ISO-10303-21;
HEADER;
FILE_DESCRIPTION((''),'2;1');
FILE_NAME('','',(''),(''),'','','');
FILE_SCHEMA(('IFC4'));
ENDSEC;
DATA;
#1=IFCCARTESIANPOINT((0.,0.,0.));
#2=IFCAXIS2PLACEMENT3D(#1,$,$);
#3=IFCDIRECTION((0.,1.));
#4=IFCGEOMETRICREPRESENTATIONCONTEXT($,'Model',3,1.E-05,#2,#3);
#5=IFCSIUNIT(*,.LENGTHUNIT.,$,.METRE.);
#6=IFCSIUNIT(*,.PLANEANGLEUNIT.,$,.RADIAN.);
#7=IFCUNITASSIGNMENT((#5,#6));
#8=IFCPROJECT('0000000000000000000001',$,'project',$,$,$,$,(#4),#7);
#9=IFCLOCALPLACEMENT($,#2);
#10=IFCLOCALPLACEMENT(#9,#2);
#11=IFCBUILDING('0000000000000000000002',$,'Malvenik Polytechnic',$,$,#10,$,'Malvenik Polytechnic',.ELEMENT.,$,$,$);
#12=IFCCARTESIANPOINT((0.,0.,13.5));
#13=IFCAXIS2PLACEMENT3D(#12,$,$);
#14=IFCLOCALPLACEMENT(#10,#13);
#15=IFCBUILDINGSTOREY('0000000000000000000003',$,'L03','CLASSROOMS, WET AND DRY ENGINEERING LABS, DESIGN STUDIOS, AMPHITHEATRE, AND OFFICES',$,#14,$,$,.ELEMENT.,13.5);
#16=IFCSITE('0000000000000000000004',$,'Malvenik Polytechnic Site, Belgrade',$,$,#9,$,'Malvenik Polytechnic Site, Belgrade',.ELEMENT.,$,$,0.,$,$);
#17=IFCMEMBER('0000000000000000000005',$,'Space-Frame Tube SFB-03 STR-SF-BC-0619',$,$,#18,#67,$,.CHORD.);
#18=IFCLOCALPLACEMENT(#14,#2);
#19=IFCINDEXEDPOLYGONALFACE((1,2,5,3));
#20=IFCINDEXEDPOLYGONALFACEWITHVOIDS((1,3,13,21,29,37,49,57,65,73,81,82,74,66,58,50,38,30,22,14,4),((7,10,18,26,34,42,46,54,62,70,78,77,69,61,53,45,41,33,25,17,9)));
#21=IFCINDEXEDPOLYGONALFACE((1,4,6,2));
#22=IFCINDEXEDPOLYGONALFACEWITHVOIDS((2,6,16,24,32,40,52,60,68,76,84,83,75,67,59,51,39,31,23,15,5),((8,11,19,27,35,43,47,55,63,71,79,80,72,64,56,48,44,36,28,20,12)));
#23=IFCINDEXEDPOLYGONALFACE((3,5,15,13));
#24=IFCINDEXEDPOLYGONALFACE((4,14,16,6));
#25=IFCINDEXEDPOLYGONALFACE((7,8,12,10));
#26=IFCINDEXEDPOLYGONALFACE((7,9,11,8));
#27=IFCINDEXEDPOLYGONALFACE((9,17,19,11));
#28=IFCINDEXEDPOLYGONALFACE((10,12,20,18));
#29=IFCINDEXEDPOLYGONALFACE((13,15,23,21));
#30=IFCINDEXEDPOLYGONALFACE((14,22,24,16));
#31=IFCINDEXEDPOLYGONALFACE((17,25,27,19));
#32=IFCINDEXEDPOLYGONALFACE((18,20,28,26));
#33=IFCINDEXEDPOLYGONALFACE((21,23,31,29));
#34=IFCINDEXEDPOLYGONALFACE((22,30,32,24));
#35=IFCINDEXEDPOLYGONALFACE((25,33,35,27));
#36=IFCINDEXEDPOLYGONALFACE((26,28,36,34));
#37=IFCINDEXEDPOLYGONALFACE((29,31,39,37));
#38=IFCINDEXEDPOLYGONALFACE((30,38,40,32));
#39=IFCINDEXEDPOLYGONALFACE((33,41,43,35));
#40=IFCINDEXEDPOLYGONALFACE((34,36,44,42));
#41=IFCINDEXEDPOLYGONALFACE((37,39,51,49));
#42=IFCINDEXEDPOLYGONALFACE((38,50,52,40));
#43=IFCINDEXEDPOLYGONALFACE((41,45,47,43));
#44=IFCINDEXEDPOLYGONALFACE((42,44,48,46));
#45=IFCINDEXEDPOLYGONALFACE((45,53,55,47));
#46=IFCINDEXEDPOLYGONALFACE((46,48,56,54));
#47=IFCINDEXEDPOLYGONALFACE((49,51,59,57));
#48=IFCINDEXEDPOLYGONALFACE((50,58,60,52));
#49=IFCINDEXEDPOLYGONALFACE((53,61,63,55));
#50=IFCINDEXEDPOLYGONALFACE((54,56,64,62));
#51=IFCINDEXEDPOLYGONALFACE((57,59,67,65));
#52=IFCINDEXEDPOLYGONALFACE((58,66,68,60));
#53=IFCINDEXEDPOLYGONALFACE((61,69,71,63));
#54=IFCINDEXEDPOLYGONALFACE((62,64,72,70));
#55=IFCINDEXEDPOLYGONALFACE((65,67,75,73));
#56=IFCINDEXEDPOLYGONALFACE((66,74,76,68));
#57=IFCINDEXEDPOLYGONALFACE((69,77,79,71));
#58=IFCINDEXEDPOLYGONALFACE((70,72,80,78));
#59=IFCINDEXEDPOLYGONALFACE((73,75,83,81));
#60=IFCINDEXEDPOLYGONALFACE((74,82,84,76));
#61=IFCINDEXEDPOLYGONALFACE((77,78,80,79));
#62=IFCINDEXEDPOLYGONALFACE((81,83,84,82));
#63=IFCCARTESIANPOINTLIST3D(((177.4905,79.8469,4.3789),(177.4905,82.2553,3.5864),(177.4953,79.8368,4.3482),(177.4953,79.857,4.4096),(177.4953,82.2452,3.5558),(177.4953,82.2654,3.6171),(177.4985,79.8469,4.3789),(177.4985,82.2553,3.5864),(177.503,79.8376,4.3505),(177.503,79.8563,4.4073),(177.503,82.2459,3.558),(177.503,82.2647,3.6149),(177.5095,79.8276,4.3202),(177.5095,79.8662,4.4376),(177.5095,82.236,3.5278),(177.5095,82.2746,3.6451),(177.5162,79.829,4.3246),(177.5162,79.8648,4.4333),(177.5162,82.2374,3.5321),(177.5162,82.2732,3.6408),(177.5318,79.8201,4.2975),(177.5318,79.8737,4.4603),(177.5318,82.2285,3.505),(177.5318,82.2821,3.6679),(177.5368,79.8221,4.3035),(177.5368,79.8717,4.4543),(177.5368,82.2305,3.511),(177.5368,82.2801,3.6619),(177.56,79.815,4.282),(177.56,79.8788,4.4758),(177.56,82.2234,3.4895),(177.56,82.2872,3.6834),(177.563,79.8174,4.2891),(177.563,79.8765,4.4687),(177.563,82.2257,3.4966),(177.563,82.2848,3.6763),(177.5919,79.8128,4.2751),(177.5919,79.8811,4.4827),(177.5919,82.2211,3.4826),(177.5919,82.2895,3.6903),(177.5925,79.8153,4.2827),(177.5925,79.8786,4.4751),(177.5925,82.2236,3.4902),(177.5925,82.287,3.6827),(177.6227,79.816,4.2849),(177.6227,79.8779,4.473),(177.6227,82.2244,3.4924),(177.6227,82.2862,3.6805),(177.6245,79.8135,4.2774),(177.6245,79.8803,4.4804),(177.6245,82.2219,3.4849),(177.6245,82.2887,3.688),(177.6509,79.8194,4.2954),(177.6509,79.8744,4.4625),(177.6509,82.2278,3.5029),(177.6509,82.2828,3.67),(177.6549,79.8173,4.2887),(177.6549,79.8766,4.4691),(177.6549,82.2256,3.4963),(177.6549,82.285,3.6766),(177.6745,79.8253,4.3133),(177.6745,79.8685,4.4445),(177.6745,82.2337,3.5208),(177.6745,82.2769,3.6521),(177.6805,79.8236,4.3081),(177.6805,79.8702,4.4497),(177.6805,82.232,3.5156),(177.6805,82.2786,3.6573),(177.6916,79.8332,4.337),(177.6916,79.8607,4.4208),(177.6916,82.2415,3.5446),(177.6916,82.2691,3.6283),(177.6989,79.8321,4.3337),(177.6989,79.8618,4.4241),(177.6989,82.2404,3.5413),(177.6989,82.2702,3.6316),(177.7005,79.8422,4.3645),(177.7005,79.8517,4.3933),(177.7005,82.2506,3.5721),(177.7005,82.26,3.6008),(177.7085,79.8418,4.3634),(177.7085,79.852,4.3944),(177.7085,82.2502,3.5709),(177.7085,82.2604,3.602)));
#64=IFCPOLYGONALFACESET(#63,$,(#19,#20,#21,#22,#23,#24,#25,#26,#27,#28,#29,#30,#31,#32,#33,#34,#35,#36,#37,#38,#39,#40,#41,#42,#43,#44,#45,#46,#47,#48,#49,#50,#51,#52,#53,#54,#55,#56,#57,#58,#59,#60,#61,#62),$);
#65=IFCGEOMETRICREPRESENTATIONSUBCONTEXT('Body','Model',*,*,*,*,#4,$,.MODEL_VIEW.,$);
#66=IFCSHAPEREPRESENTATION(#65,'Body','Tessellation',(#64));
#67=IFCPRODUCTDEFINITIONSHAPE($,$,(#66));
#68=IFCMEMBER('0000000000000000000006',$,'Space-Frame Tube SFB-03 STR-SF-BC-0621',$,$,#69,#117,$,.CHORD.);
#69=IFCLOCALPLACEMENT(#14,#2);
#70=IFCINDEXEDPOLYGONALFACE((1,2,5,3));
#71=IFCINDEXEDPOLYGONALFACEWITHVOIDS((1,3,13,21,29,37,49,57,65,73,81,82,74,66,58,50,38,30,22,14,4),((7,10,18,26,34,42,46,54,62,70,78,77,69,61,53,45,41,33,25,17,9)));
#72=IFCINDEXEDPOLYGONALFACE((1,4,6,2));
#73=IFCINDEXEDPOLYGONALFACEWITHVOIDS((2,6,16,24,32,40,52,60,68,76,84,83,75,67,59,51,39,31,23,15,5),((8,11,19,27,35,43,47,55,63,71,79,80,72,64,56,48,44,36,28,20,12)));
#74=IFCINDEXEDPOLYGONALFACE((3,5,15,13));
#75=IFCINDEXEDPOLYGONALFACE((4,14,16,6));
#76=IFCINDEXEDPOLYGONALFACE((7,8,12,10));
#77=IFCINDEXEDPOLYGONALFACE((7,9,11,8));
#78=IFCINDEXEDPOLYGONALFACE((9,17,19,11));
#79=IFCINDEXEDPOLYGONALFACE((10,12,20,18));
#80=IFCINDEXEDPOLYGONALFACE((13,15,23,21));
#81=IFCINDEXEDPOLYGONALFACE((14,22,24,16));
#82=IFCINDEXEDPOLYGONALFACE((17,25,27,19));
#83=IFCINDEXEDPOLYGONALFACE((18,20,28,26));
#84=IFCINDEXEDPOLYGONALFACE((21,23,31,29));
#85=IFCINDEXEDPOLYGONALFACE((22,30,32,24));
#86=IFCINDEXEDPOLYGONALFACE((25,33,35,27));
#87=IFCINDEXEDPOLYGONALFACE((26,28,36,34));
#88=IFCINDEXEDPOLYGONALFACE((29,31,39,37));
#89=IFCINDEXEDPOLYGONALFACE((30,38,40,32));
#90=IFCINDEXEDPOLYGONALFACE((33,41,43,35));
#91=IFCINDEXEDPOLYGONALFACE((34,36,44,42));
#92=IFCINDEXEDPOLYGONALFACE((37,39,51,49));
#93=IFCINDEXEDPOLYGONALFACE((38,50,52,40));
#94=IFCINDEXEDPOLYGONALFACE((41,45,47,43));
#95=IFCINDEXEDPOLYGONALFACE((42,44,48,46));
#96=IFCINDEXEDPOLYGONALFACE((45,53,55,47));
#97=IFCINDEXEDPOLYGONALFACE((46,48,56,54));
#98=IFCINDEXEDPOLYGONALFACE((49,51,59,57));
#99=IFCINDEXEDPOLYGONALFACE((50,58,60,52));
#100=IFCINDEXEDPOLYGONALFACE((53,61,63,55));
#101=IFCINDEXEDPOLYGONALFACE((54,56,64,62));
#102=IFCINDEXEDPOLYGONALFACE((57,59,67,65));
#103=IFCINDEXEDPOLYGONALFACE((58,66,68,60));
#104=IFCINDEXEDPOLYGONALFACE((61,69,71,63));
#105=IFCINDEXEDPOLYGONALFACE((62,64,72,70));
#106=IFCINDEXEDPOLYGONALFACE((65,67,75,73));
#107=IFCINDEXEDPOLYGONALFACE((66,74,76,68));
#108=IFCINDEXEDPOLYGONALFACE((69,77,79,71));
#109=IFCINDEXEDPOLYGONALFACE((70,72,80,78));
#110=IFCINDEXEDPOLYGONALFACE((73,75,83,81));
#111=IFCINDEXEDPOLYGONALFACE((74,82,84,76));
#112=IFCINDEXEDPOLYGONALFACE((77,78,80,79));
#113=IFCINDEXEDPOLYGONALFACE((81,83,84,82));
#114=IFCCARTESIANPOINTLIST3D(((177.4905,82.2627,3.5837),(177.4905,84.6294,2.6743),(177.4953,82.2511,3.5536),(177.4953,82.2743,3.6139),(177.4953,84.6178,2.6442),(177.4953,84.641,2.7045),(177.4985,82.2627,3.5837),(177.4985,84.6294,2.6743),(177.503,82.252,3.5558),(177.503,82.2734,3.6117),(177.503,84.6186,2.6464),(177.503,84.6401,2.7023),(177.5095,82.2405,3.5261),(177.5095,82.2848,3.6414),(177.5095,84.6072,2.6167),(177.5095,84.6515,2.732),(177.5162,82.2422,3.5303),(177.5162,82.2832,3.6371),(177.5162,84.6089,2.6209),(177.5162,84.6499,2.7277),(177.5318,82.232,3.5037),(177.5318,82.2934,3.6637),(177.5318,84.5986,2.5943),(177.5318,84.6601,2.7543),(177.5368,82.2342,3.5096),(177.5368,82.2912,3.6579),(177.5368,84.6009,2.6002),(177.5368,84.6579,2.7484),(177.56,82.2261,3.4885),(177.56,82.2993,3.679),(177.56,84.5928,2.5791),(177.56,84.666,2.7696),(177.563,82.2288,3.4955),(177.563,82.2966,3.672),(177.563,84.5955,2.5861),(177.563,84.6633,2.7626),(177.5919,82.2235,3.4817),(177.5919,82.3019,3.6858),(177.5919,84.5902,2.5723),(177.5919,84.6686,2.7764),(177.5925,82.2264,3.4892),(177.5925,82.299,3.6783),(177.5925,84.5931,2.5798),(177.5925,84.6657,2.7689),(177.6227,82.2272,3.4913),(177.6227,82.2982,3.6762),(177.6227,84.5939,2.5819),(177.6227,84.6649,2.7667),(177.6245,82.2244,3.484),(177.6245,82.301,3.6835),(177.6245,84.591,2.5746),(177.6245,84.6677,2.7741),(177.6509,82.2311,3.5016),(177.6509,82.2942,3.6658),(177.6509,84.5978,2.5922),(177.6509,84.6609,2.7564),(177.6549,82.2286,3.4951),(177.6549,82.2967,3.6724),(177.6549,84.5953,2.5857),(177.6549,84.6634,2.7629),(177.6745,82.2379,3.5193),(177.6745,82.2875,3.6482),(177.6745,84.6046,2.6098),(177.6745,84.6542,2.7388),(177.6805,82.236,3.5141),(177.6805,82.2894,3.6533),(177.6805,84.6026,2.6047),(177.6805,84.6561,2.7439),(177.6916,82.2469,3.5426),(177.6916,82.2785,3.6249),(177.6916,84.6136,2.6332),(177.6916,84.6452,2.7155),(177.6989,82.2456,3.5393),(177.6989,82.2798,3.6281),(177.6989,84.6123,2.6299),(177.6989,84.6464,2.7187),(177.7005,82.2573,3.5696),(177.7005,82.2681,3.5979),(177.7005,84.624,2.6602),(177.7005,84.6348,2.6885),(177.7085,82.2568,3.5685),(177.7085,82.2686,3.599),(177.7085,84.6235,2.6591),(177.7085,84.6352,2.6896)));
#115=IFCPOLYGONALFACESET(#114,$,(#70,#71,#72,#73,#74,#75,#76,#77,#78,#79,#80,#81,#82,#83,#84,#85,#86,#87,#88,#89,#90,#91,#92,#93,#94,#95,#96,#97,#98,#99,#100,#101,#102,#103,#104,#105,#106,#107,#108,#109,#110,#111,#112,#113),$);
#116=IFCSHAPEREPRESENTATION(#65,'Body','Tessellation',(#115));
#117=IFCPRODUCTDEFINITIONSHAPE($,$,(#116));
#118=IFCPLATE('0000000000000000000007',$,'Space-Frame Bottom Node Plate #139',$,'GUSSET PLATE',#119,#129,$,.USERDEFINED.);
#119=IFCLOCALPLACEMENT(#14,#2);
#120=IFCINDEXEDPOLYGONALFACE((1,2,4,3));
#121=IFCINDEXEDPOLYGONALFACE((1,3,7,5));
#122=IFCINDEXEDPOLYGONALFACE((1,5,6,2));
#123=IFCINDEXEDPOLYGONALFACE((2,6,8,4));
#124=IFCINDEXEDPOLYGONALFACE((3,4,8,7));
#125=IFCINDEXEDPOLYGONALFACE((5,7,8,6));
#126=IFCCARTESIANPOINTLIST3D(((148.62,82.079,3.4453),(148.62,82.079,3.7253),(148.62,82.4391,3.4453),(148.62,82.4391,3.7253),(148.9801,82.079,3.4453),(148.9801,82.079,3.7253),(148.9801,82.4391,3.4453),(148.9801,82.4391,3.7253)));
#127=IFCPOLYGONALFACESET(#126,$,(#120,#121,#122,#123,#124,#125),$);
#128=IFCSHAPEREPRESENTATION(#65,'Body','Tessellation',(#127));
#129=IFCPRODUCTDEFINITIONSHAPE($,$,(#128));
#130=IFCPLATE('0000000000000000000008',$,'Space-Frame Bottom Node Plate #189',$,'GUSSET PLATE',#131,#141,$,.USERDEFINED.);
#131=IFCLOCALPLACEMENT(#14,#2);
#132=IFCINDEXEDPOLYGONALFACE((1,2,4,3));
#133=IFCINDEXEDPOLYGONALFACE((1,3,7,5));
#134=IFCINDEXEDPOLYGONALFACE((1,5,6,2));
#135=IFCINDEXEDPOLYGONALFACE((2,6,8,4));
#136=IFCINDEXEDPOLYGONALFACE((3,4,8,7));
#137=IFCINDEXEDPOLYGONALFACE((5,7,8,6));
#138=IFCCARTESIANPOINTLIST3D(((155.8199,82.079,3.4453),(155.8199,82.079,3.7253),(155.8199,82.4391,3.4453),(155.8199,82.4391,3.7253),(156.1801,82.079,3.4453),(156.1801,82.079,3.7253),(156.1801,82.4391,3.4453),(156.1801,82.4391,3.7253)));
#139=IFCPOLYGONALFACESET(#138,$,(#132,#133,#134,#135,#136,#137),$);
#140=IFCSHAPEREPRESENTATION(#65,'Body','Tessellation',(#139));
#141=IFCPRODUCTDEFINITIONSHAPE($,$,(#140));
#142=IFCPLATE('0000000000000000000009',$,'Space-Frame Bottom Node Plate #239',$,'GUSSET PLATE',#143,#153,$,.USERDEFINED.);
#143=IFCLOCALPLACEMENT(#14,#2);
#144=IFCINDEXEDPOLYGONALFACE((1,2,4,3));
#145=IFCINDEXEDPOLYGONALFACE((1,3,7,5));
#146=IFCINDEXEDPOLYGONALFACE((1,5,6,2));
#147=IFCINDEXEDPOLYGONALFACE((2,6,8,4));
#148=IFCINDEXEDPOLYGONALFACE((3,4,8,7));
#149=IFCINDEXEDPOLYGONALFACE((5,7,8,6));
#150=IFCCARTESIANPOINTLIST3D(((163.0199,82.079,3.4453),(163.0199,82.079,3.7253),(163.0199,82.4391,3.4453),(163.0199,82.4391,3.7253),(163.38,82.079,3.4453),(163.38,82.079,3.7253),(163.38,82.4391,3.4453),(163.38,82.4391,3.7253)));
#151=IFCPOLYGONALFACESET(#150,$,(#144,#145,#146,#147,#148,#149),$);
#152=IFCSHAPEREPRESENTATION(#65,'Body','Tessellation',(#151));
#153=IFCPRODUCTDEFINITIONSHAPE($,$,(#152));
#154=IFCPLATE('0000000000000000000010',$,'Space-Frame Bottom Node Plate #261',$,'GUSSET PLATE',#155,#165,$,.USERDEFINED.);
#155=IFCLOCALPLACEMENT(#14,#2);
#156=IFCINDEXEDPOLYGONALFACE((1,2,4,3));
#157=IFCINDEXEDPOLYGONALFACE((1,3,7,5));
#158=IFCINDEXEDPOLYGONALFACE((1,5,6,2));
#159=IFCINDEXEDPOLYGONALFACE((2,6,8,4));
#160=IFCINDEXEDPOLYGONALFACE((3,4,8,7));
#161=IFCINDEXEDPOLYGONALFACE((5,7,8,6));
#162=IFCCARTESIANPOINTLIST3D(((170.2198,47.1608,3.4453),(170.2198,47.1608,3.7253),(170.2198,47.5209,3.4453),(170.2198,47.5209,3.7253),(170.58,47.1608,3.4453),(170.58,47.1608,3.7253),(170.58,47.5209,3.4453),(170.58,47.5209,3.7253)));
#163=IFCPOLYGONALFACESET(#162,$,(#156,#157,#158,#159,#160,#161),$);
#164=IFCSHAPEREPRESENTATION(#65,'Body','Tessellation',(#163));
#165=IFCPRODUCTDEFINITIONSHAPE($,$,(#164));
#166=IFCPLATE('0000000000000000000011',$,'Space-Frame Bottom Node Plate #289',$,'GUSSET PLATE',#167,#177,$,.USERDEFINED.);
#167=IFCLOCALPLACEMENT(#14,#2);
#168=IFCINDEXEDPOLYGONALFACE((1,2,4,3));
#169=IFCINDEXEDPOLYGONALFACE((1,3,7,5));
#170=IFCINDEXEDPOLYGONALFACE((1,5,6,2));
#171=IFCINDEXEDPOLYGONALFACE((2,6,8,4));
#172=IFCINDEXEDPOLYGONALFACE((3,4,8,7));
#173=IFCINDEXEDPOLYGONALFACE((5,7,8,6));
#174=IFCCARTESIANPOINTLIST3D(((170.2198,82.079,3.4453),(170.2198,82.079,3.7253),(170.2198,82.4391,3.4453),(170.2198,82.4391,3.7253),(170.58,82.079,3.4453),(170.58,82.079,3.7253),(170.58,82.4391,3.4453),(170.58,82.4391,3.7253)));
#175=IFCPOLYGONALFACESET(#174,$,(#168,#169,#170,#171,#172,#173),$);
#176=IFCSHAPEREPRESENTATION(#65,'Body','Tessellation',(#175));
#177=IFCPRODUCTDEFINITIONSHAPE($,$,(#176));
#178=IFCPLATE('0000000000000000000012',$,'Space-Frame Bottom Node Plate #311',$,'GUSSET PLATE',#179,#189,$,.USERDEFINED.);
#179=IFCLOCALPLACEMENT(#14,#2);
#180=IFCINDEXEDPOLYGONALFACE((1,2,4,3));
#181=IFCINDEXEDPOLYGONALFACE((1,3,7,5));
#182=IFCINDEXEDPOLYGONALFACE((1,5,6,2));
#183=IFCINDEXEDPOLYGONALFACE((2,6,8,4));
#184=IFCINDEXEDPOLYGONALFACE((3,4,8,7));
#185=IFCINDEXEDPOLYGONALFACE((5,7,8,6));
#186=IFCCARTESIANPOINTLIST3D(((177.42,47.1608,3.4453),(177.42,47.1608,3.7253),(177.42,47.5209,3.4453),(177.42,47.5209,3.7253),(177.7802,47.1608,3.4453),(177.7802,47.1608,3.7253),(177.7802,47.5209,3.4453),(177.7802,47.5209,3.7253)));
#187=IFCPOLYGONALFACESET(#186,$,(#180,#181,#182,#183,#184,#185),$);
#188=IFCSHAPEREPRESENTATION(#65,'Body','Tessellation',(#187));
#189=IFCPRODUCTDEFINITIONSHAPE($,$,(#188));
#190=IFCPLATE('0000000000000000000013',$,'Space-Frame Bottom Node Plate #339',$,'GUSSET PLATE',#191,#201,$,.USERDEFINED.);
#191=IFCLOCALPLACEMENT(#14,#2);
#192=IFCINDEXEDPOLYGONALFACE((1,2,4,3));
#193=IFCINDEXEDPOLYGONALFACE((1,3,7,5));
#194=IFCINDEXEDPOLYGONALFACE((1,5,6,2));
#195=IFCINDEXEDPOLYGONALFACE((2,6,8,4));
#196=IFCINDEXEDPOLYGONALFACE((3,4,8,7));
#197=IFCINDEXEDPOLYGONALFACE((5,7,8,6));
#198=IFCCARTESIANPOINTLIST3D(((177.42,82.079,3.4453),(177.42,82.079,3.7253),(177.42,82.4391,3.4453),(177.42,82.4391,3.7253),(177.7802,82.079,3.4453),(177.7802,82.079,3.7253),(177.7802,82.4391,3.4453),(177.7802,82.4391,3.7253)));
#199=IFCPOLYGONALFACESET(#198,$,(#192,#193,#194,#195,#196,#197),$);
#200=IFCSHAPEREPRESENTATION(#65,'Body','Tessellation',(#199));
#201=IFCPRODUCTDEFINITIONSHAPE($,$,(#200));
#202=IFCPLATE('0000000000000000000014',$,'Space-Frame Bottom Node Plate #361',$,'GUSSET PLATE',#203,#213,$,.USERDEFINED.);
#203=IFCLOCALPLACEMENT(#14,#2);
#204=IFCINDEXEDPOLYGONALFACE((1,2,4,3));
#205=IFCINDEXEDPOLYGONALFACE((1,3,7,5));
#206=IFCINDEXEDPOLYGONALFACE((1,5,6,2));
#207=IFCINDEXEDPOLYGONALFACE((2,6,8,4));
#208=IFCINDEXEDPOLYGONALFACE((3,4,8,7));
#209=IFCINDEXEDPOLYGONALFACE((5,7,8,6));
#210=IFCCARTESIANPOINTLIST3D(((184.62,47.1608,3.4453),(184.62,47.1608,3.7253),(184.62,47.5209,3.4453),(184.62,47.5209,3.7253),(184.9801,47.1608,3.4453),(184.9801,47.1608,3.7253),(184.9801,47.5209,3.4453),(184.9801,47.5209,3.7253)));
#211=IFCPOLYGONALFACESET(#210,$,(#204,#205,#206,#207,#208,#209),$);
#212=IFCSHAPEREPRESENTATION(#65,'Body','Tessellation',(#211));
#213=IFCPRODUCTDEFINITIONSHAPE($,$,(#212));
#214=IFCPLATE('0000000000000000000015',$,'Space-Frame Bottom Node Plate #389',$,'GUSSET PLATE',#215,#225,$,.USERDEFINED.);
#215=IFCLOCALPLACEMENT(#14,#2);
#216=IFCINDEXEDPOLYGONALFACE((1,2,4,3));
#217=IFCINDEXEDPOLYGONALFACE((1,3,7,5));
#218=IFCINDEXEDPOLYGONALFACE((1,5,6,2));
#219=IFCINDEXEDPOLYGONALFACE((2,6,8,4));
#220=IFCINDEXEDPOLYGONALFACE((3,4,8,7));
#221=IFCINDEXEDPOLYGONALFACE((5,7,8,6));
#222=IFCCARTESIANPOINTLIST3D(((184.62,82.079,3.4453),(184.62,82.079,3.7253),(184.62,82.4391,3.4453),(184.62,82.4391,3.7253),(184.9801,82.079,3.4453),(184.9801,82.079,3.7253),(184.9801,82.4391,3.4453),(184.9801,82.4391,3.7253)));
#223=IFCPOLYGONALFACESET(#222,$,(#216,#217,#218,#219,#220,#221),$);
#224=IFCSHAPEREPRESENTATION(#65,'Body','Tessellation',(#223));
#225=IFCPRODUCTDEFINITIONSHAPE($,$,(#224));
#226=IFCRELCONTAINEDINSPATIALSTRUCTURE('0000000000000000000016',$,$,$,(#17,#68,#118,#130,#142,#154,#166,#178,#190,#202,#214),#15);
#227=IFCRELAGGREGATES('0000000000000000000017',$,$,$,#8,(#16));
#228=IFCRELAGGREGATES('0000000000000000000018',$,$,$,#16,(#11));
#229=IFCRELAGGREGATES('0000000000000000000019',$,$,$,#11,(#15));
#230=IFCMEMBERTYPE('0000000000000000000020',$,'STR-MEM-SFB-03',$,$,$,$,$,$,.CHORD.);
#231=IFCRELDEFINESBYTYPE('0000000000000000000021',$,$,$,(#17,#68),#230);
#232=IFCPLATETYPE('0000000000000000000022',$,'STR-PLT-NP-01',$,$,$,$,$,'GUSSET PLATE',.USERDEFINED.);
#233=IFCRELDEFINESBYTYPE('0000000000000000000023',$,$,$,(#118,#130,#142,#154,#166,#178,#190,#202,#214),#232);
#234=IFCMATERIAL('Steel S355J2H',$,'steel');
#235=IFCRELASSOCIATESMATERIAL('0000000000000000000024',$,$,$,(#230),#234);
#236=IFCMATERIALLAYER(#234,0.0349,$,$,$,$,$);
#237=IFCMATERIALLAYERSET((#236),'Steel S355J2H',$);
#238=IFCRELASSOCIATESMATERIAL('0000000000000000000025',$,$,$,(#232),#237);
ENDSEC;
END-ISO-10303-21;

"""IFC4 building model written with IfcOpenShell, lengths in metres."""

from ifc_helpers import new_model, si_unit, direction, frame, origin, origin_2d, place, context, subcontext, project, spatial, rectangle, hollow_circle, extrude, material, layer, layer_set, material_profile, profile_set, type_object, element, save


model = new_model("IFC4")

# Units and contexts
model_context = context("Model", 3, precision=1e-05, world=origin(), true_north=direction((0.0, 1.0)))
body_context = subcontext(model_context, "Body", "Model", "MODEL_VIEW")
ifc_project = project(units=[si_unit("LENGTHUNIT", "METRE"), si_unit("PLANEANGLEUNIT", "RADIAN")], contexts=[model_context])

# Site, building, storey
site_placement = place(None, origin())
site = spatial("IfcSite", under=ifc_project, at=site_placement, Name="Malvenik Polytechnic Site, Belgrade", LongName="Malvenik Polytechnic Site, Belgrade", CompositionType="ELEMENT", RefElevation=0.0)
building_placement = place(site_placement, origin())
building = spatial("IfcBuilding", under=site, at=building_placement, Name="Malvenik Polytechnic", LongName="Malvenik Polytechnic", CompositionType="ELEMENT")
storey_placement = place(building_placement, frame((0.0, 0.0, 13.5)))
storey = spatial("IfcBuildingStorey", under=building, at=storey_placement, Name="L03", Description="CLASSROOMS, WET AND DRY ENGINEERING LABS, DESIGN STUDIOS, AMPHITHEATRE, AND OFFICES", CompositionType="ELEMENT", Elevation=13.5)

# Members
ifc_material = material(Name="Steel S355J2H", Category="steel")
ifc_material_profile_1 = material_profile(ifc_material, hollow_circle(Radius=0.1096, WallThickness=0.0081, at=origin_2d()), Name="CHS 219.1x8.0")
ifc_profile_set_1 = profile_set([ifc_material_profile_1], Name="Steel S355J2H")
member_type_1 = type_object("IfcMemberType", Name="STR-MEM-SFB-03", PredefinedType="CHORD", material=ifc_profile_set_1)
for number, where, z_axis, x_axis, name in (
    (1, (177.6001, 79.8469, 4.3789), (0.0, 0.949899, -0.312557), (-1.0, 0.0, 0.0), "Space-Frame Tube SFB-03 STR-SF-BC-0619"),
    (2, (177.6001, 82.2627, 3.5837), (0.0, 0.933457, -0.358689), (-1.0, 0.0, 0.0), "Space-Frame Tube SFB-03 STR-SF-BC-0621"),
):
    element("IfcMember", number, at=place(storey_placement, frame(where, z_axis=z_axis, x_axis=x_axis)), inside=storey, type_object=member_type_1, Name=name, PredefinedType="CHORD", context=body_context, shape_type="SweptSolid", body=[
        extrude(hollow_circle(Radius=0.1096, WallThickness=0.0081, at=origin_2d()), origin(), (0.0, 0.0, 1.0), 2.5354),
    ])

# Plates
ifc_layer = layer(ifc_material, 0.0349)
ifc_layer_set = layer_set([ifc_layer], Name="Steel S355J2H")
plate_type = type_object("IfcPlateType", Name="STR-PLT-NP-01", ElementType="GUSSET PLATE", PredefinedType="USERDEFINED", material=ifc_layer_set)
for number, where, z_axis, x_axis, name in (
    (3, (148.8, 82.259, 3.4453), (0.0, 0.0, 1.0), (1.0, 0.0, 0.0), "Space-Frame Bottom Node Plate #139"),
    (4, (156.0, 82.259, 3.4453), (0.0, 0.0, 1.0), (1.0, 0.0, 0.0), "Space-Frame Bottom Node Plate #189"),
    (5, (163.2, 82.259, 3.4453), (0.0, 0.0, 1.0), (1.0, 0.0, 0.0), "Space-Frame Bottom Node Plate #239"),
    (6, (170.3999, 47.3408, 3.4453), (0.0, 0.0, 1.0), (1.0, 0.0, 0.0), "Space-Frame Bottom Node Plate #261"),
    (7, (170.3999, 82.259, 3.4453), (0.0, 0.0, 1.0), (1.0, 0.0, 0.0), "Space-Frame Bottom Node Plate #289"),
    (8, (177.6001, 47.3408, 3.4453), (0.0, 0.0, 1.0), (1.0, 0.0, 0.0), "Space-Frame Bottom Node Plate #311"),
    (9, (177.6001, 82.259, 3.4453), (0.0, 0.0, 1.0), (1.0, 0.0, 0.0), "Space-Frame Bottom Node Plate #339"),
    (10, (184.8, 47.3408, 3.4453), (0.0, 0.0, 1.0), (1.0, 0.0, 0.0), "Space-Frame Bottom Node Plate #361"),
    (11, (184.8, 82.259, 3.4453), (0.0, 0.0, 1.0), (1.0, 0.0, 0.0), "Space-Frame Bottom Node Plate #389"),
):
    element("IfcPlate", number, at=place(storey_placement, frame(where, z_axis=z_axis, x_axis=x_axis)), inside=storey, type_object=plate_type, Name=name, ObjectType="GUSSET PLATE", PredefinedType="USERDEFINED", context=body_context, shape_type="SweptSolid", body=[
        extrude(rectangle(XDim=0.3601, YDim=0.3601, at=origin_2d()), origin(), (0.0, 0.0, 1.0), 0.28),
    ])

save(model, "model.ifc")
